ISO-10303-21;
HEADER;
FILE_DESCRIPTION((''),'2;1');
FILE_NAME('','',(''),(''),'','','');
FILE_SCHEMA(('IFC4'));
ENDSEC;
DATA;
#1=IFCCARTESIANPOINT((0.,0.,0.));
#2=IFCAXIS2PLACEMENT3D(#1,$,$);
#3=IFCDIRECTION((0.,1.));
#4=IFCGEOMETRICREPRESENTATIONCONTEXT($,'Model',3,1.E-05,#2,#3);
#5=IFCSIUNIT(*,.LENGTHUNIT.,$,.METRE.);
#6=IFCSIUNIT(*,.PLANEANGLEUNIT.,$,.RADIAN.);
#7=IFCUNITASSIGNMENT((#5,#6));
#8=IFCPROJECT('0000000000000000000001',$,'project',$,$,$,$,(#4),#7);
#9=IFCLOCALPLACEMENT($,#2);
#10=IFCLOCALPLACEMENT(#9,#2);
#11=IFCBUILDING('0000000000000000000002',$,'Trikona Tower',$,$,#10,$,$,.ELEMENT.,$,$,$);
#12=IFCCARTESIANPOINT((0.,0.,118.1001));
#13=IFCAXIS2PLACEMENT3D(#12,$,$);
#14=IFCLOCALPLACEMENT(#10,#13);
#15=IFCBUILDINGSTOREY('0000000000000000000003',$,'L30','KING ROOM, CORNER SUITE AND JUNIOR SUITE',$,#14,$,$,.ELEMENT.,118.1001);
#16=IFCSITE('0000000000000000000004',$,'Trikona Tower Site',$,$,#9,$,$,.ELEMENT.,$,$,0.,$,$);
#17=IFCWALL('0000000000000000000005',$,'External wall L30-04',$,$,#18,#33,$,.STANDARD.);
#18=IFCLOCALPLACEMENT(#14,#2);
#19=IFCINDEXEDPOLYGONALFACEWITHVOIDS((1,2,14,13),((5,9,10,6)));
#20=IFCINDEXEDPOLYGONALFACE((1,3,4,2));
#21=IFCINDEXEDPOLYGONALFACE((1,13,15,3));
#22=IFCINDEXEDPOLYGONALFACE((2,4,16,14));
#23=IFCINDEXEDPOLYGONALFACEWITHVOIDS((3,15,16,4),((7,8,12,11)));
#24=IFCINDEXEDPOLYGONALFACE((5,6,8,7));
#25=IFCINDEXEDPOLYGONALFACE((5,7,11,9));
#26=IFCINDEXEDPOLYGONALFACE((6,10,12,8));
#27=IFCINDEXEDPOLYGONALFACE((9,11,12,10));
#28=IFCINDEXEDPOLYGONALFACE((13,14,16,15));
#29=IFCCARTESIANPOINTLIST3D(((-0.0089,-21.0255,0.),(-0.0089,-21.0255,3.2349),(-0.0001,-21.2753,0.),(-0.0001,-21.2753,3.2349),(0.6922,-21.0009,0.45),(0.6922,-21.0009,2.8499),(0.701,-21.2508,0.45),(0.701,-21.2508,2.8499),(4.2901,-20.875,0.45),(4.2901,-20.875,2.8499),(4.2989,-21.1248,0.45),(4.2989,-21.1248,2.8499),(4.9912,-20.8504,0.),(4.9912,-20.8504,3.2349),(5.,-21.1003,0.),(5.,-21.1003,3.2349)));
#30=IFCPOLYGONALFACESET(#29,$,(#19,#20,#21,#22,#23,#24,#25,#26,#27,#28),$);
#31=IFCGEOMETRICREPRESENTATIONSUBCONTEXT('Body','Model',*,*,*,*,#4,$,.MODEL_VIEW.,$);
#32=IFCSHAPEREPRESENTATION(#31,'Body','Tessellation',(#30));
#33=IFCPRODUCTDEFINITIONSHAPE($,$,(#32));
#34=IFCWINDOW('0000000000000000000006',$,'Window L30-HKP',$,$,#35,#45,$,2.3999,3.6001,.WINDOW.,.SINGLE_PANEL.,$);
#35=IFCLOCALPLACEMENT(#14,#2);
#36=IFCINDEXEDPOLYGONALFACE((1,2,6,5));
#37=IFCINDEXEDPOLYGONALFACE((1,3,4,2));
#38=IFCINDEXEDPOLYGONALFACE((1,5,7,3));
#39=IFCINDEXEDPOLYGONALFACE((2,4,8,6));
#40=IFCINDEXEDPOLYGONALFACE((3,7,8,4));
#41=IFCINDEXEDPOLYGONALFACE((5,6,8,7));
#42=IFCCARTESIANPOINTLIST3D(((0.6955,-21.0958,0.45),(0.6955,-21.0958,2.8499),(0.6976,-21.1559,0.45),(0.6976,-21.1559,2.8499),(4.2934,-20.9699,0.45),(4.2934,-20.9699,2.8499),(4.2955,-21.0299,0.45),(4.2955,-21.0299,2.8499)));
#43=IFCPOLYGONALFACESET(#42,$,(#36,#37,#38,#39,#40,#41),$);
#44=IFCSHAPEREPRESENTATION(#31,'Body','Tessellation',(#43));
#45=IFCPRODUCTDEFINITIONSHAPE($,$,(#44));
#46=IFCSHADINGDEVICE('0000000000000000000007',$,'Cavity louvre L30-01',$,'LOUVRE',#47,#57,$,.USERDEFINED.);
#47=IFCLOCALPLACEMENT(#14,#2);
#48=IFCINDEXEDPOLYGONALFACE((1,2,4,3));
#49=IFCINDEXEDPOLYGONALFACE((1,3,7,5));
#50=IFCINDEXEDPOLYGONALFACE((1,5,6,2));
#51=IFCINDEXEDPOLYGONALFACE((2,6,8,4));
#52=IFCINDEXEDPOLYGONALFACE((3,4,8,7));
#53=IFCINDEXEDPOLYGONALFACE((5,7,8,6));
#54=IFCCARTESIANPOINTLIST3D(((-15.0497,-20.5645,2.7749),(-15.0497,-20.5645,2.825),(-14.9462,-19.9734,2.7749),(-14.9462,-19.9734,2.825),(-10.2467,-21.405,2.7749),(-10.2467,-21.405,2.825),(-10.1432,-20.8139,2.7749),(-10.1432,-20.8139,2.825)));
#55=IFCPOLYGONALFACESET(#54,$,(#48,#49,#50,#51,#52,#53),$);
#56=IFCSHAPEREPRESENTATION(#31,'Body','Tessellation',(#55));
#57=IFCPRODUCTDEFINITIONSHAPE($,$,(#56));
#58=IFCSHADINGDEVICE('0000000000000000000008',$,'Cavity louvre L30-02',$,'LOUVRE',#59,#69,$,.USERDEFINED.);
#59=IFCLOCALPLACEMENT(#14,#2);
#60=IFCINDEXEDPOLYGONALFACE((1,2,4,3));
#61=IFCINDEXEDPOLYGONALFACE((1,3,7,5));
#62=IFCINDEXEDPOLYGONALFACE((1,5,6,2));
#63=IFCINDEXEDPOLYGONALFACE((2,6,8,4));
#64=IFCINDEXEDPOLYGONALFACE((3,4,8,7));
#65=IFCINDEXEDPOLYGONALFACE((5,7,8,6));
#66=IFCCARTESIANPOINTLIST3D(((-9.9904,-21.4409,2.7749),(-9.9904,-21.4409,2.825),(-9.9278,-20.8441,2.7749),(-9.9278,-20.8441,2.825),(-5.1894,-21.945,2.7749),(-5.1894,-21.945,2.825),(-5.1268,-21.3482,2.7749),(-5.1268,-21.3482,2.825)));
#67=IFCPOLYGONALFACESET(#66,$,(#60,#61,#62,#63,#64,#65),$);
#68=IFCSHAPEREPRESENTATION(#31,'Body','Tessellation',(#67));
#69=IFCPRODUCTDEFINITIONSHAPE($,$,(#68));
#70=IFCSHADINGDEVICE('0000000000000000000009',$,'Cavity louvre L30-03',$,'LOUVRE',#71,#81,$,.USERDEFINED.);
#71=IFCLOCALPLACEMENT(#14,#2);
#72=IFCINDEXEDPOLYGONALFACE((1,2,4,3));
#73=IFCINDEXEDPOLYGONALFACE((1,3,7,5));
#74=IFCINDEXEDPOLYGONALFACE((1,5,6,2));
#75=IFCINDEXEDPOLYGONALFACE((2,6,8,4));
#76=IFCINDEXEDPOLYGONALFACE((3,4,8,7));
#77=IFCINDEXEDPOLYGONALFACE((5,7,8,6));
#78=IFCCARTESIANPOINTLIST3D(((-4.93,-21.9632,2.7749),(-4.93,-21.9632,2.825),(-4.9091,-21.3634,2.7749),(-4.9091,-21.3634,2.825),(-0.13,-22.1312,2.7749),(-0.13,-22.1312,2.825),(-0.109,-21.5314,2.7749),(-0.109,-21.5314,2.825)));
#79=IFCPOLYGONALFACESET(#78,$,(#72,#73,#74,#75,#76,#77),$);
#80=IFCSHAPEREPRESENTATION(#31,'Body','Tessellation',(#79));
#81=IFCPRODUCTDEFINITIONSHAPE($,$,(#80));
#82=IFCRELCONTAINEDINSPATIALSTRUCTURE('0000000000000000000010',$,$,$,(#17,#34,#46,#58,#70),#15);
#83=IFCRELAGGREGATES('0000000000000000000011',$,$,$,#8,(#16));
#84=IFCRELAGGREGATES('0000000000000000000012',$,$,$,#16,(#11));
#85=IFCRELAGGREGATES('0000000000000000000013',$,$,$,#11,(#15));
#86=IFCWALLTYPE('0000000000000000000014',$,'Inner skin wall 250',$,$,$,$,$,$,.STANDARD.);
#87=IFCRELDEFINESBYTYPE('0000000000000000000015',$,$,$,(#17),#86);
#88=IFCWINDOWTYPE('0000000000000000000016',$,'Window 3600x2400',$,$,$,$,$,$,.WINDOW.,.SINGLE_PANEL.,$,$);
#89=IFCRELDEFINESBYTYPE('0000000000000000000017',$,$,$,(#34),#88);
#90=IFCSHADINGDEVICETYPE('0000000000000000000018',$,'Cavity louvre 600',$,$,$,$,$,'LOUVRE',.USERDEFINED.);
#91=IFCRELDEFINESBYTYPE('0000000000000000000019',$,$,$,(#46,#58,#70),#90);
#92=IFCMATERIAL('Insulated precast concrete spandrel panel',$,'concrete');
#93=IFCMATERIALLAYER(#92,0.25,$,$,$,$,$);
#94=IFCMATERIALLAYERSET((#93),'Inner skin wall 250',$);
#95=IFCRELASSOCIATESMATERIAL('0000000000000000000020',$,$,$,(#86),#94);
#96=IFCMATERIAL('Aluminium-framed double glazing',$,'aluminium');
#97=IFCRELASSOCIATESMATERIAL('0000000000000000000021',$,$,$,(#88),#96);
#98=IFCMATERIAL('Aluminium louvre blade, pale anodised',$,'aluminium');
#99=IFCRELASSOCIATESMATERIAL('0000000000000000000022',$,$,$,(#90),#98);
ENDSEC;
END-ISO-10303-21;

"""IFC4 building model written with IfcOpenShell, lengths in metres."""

from ifc_helpers import new_model, si_unit, direction, frame, frame_2d, origin, origin_2d, place, context, subcontext, project, spatial, rectangle, extrude, material, layer, layer_set, type_object, element, fill, save


model = new_model("IFC4")

# Units and contexts
model_context = context("Model", 3, precision=1e-05, world=origin(), true_north=direction((0.0, 1.0)))
body_context = subcontext(model_context, "Body", "Model", "MODEL_VIEW")
ifc_project = project(units=[si_unit("LENGTHUNIT", "METRE"), si_unit("PLANEANGLEUNIT", "RADIAN")], contexts=[model_context])

# Site, building, storey
site_placement = place(None, origin())
site = spatial("IfcSite", under=ifc_project, at=site_placement, Name="Trikona Tower Site", CompositionType="ELEMENT", RefElevation=0.0)
building_placement = place(site_placement, origin())
building = spatial("IfcBuilding", under=site, at=building_placement, Name="Trikona Tower", CompositionType="ELEMENT")
storey_placement = place(building_placement, frame((0.0, 0.0, 118.1001)))
storey = spatial("IfcBuildingStorey", under=building, at=storey_placement, Name="L30", Description="KING ROOM, CORNER SUITE AND JUNIOR SUITE", CompositionType="ELEMENT", Elevation=118.1001)

# Wall, opening, window
ifc_material_1 = material(Name="Insulated precast concrete spandrel panel", Category="concrete")
ifc_layer_1 = layer(ifc_material_1, 0.25)
ifc_layer_set_1 = layer_set([ifc_layer_1], Name="Inner skin wall 250")
wall_type_1 = type_object("IfcWallType", Name="Inner skin wall 250", PredefinedType="STANDARD", material=ifc_layer_set_1)
ifc_material_2 = material(Name="Aluminium-framed double glazing", Category="aluminium")
window_type = type_object("IfcWindowType", Name="Window 3600x2400", PartitioningType="SINGLE_PANEL", PredefinedType="WINDOW", material=ifc_material_2)
wall_1_placement = place(storey_placement, frame((-0.0044, -21.1504, 0.0), z_axis=(0.0, 0.0, 1.0), x_axis=(0.999388, 0.034988, 0.0)))
wall_1 = element("IfcWall", 1, at=wall_1_placement, inside=storey, type_object=wall_type_1, Name="External wall L30-04", PredefinedType="STANDARD", context=body_context, shape_type="SweptSolid", body=[
    extrude(rectangle(XDim=5.0032, YDim=0.25, at=frame_2d((2.5015, 0.0))), origin(), (0.0, 0.0, 1.0), 3.2349),
])
opening_1_placement = place(wall_1_placement, frame((0.7014, 0.0, 0.45)))
opening_1 = element("IfcOpeningElement", 2, at=opening_1_placement, cuts=wall_1, PredefinedType="OPENING", context=body_context, shape_type="SweptSolid", body=[
    extrude(rectangle(XDim=3.6001, YDim=2.3999, at=frame_2d((1.8, 1.2))), frame((0.0, 0.135, 0.0), z_axis=(0.0, -1.0, 0.0), x_axis=(1.0, 0.0, 0.0)), (0.0, 0.0, 1.0), 0.27),
])
window_1_placement = place(opening_1_placement, origin())
window_1 = element("IfcWindow", 3, at=window_1_placement, inside=storey, type_object=window_type, Name="Window L30-HKP", OverallHeight=2.3999, OverallWidth=3.6001, PartitioningType="SINGLE_PANEL", PredefinedType="WINDOW", context=body_context, shape_type="SweptSolid", body=[
    extrude(rectangle(XDim=3.6001, YDim=2.3999, at=frame_2d((1.8, 1.2))), frame((0.0, 0.03, 0.0), z_axis=(0.0, -1.0, 0.0), x_axis=(1.0, 0.0, 0.0)), (0.0, 0.0, 1.0), 0.0601),
])
fill(opening_1, window_1)

# Shading devices
ifc_material_3 = material(Name="Aluminium louvre blade, pale anodised", Category="aluminium")
shading_device_type = type_object("IfcShadingDeviceType", Name="Cavity louvre 600", ElementType="LOUVRE", PredefinedType="USERDEFINED", material=ifc_material_3)
shading_device_1_placement = place(storey_placement, frame((-12.5964, -20.6892, 2.7749), z_axis=(0.0, 0.0, 1.0), x_axis=(0.985031, -0.17238, 0.0)))
element("IfcShadingDevice", 4, at=shading_device_1_placement, inside=storey, type_object=shading_device_type, Name="Cavity louvre L30-01", ObjectType="LOUVRE", PredefinedType="USERDEFINED", context=body_context, shape_type="SweptSolid", body=[
    extrude(rectangle(XDim=4.876, YDim=0.6001, at=origin_2d()), origin(), (0.0, 0.0, 1.0), 0.05),
])
shading_device_2_placement = place(storey_placement, frame((-7.5586, -21.3945, 2.7749), z_axis=(0.0, 0.0, 1.0), x_axis=(0.994533, -0.104426, 0.0)))
element("IfcShadingDevice", 5, at=shading_device_2_placement, inside=storey, type_object=shading_device_type, Name="Cavity louvre L30-02", ObjectType="LOUVRE", PredefinedType="USERDEFINED", context=body_context, shape_type="SweptSolid", body=[
    extrude(rectangle(XDim=4.8274, YDim=0.6001, at=origin_2d()), origin(), (0.0, 0.0, 1.0), 0.05),
])
shading_device_3_placement = place(storey_placement, frame((-2.5195, -21.7473, 2.7749), z_axis=(0.0, 0.0, 1.0), x_axis=(0.999388, -0.034978, 0.0)))
element("IfcShadingDevice", 6, at=shading_device_3_placement, inside=storey, type_object=shading_device_type, Name="Cavity louvre L30-03", ObjectType="LOUVRE", PredefinedType="USERDEFINED", context=body_context, shape_type="SweptSolid", body=[
    extrude(rectangle(XDim=4.803, YDim=0.6001, at=origin_2d()), origin(), (0.0, 0.0, 1.0), 0.05),
])

save(model, "model.ifc")
